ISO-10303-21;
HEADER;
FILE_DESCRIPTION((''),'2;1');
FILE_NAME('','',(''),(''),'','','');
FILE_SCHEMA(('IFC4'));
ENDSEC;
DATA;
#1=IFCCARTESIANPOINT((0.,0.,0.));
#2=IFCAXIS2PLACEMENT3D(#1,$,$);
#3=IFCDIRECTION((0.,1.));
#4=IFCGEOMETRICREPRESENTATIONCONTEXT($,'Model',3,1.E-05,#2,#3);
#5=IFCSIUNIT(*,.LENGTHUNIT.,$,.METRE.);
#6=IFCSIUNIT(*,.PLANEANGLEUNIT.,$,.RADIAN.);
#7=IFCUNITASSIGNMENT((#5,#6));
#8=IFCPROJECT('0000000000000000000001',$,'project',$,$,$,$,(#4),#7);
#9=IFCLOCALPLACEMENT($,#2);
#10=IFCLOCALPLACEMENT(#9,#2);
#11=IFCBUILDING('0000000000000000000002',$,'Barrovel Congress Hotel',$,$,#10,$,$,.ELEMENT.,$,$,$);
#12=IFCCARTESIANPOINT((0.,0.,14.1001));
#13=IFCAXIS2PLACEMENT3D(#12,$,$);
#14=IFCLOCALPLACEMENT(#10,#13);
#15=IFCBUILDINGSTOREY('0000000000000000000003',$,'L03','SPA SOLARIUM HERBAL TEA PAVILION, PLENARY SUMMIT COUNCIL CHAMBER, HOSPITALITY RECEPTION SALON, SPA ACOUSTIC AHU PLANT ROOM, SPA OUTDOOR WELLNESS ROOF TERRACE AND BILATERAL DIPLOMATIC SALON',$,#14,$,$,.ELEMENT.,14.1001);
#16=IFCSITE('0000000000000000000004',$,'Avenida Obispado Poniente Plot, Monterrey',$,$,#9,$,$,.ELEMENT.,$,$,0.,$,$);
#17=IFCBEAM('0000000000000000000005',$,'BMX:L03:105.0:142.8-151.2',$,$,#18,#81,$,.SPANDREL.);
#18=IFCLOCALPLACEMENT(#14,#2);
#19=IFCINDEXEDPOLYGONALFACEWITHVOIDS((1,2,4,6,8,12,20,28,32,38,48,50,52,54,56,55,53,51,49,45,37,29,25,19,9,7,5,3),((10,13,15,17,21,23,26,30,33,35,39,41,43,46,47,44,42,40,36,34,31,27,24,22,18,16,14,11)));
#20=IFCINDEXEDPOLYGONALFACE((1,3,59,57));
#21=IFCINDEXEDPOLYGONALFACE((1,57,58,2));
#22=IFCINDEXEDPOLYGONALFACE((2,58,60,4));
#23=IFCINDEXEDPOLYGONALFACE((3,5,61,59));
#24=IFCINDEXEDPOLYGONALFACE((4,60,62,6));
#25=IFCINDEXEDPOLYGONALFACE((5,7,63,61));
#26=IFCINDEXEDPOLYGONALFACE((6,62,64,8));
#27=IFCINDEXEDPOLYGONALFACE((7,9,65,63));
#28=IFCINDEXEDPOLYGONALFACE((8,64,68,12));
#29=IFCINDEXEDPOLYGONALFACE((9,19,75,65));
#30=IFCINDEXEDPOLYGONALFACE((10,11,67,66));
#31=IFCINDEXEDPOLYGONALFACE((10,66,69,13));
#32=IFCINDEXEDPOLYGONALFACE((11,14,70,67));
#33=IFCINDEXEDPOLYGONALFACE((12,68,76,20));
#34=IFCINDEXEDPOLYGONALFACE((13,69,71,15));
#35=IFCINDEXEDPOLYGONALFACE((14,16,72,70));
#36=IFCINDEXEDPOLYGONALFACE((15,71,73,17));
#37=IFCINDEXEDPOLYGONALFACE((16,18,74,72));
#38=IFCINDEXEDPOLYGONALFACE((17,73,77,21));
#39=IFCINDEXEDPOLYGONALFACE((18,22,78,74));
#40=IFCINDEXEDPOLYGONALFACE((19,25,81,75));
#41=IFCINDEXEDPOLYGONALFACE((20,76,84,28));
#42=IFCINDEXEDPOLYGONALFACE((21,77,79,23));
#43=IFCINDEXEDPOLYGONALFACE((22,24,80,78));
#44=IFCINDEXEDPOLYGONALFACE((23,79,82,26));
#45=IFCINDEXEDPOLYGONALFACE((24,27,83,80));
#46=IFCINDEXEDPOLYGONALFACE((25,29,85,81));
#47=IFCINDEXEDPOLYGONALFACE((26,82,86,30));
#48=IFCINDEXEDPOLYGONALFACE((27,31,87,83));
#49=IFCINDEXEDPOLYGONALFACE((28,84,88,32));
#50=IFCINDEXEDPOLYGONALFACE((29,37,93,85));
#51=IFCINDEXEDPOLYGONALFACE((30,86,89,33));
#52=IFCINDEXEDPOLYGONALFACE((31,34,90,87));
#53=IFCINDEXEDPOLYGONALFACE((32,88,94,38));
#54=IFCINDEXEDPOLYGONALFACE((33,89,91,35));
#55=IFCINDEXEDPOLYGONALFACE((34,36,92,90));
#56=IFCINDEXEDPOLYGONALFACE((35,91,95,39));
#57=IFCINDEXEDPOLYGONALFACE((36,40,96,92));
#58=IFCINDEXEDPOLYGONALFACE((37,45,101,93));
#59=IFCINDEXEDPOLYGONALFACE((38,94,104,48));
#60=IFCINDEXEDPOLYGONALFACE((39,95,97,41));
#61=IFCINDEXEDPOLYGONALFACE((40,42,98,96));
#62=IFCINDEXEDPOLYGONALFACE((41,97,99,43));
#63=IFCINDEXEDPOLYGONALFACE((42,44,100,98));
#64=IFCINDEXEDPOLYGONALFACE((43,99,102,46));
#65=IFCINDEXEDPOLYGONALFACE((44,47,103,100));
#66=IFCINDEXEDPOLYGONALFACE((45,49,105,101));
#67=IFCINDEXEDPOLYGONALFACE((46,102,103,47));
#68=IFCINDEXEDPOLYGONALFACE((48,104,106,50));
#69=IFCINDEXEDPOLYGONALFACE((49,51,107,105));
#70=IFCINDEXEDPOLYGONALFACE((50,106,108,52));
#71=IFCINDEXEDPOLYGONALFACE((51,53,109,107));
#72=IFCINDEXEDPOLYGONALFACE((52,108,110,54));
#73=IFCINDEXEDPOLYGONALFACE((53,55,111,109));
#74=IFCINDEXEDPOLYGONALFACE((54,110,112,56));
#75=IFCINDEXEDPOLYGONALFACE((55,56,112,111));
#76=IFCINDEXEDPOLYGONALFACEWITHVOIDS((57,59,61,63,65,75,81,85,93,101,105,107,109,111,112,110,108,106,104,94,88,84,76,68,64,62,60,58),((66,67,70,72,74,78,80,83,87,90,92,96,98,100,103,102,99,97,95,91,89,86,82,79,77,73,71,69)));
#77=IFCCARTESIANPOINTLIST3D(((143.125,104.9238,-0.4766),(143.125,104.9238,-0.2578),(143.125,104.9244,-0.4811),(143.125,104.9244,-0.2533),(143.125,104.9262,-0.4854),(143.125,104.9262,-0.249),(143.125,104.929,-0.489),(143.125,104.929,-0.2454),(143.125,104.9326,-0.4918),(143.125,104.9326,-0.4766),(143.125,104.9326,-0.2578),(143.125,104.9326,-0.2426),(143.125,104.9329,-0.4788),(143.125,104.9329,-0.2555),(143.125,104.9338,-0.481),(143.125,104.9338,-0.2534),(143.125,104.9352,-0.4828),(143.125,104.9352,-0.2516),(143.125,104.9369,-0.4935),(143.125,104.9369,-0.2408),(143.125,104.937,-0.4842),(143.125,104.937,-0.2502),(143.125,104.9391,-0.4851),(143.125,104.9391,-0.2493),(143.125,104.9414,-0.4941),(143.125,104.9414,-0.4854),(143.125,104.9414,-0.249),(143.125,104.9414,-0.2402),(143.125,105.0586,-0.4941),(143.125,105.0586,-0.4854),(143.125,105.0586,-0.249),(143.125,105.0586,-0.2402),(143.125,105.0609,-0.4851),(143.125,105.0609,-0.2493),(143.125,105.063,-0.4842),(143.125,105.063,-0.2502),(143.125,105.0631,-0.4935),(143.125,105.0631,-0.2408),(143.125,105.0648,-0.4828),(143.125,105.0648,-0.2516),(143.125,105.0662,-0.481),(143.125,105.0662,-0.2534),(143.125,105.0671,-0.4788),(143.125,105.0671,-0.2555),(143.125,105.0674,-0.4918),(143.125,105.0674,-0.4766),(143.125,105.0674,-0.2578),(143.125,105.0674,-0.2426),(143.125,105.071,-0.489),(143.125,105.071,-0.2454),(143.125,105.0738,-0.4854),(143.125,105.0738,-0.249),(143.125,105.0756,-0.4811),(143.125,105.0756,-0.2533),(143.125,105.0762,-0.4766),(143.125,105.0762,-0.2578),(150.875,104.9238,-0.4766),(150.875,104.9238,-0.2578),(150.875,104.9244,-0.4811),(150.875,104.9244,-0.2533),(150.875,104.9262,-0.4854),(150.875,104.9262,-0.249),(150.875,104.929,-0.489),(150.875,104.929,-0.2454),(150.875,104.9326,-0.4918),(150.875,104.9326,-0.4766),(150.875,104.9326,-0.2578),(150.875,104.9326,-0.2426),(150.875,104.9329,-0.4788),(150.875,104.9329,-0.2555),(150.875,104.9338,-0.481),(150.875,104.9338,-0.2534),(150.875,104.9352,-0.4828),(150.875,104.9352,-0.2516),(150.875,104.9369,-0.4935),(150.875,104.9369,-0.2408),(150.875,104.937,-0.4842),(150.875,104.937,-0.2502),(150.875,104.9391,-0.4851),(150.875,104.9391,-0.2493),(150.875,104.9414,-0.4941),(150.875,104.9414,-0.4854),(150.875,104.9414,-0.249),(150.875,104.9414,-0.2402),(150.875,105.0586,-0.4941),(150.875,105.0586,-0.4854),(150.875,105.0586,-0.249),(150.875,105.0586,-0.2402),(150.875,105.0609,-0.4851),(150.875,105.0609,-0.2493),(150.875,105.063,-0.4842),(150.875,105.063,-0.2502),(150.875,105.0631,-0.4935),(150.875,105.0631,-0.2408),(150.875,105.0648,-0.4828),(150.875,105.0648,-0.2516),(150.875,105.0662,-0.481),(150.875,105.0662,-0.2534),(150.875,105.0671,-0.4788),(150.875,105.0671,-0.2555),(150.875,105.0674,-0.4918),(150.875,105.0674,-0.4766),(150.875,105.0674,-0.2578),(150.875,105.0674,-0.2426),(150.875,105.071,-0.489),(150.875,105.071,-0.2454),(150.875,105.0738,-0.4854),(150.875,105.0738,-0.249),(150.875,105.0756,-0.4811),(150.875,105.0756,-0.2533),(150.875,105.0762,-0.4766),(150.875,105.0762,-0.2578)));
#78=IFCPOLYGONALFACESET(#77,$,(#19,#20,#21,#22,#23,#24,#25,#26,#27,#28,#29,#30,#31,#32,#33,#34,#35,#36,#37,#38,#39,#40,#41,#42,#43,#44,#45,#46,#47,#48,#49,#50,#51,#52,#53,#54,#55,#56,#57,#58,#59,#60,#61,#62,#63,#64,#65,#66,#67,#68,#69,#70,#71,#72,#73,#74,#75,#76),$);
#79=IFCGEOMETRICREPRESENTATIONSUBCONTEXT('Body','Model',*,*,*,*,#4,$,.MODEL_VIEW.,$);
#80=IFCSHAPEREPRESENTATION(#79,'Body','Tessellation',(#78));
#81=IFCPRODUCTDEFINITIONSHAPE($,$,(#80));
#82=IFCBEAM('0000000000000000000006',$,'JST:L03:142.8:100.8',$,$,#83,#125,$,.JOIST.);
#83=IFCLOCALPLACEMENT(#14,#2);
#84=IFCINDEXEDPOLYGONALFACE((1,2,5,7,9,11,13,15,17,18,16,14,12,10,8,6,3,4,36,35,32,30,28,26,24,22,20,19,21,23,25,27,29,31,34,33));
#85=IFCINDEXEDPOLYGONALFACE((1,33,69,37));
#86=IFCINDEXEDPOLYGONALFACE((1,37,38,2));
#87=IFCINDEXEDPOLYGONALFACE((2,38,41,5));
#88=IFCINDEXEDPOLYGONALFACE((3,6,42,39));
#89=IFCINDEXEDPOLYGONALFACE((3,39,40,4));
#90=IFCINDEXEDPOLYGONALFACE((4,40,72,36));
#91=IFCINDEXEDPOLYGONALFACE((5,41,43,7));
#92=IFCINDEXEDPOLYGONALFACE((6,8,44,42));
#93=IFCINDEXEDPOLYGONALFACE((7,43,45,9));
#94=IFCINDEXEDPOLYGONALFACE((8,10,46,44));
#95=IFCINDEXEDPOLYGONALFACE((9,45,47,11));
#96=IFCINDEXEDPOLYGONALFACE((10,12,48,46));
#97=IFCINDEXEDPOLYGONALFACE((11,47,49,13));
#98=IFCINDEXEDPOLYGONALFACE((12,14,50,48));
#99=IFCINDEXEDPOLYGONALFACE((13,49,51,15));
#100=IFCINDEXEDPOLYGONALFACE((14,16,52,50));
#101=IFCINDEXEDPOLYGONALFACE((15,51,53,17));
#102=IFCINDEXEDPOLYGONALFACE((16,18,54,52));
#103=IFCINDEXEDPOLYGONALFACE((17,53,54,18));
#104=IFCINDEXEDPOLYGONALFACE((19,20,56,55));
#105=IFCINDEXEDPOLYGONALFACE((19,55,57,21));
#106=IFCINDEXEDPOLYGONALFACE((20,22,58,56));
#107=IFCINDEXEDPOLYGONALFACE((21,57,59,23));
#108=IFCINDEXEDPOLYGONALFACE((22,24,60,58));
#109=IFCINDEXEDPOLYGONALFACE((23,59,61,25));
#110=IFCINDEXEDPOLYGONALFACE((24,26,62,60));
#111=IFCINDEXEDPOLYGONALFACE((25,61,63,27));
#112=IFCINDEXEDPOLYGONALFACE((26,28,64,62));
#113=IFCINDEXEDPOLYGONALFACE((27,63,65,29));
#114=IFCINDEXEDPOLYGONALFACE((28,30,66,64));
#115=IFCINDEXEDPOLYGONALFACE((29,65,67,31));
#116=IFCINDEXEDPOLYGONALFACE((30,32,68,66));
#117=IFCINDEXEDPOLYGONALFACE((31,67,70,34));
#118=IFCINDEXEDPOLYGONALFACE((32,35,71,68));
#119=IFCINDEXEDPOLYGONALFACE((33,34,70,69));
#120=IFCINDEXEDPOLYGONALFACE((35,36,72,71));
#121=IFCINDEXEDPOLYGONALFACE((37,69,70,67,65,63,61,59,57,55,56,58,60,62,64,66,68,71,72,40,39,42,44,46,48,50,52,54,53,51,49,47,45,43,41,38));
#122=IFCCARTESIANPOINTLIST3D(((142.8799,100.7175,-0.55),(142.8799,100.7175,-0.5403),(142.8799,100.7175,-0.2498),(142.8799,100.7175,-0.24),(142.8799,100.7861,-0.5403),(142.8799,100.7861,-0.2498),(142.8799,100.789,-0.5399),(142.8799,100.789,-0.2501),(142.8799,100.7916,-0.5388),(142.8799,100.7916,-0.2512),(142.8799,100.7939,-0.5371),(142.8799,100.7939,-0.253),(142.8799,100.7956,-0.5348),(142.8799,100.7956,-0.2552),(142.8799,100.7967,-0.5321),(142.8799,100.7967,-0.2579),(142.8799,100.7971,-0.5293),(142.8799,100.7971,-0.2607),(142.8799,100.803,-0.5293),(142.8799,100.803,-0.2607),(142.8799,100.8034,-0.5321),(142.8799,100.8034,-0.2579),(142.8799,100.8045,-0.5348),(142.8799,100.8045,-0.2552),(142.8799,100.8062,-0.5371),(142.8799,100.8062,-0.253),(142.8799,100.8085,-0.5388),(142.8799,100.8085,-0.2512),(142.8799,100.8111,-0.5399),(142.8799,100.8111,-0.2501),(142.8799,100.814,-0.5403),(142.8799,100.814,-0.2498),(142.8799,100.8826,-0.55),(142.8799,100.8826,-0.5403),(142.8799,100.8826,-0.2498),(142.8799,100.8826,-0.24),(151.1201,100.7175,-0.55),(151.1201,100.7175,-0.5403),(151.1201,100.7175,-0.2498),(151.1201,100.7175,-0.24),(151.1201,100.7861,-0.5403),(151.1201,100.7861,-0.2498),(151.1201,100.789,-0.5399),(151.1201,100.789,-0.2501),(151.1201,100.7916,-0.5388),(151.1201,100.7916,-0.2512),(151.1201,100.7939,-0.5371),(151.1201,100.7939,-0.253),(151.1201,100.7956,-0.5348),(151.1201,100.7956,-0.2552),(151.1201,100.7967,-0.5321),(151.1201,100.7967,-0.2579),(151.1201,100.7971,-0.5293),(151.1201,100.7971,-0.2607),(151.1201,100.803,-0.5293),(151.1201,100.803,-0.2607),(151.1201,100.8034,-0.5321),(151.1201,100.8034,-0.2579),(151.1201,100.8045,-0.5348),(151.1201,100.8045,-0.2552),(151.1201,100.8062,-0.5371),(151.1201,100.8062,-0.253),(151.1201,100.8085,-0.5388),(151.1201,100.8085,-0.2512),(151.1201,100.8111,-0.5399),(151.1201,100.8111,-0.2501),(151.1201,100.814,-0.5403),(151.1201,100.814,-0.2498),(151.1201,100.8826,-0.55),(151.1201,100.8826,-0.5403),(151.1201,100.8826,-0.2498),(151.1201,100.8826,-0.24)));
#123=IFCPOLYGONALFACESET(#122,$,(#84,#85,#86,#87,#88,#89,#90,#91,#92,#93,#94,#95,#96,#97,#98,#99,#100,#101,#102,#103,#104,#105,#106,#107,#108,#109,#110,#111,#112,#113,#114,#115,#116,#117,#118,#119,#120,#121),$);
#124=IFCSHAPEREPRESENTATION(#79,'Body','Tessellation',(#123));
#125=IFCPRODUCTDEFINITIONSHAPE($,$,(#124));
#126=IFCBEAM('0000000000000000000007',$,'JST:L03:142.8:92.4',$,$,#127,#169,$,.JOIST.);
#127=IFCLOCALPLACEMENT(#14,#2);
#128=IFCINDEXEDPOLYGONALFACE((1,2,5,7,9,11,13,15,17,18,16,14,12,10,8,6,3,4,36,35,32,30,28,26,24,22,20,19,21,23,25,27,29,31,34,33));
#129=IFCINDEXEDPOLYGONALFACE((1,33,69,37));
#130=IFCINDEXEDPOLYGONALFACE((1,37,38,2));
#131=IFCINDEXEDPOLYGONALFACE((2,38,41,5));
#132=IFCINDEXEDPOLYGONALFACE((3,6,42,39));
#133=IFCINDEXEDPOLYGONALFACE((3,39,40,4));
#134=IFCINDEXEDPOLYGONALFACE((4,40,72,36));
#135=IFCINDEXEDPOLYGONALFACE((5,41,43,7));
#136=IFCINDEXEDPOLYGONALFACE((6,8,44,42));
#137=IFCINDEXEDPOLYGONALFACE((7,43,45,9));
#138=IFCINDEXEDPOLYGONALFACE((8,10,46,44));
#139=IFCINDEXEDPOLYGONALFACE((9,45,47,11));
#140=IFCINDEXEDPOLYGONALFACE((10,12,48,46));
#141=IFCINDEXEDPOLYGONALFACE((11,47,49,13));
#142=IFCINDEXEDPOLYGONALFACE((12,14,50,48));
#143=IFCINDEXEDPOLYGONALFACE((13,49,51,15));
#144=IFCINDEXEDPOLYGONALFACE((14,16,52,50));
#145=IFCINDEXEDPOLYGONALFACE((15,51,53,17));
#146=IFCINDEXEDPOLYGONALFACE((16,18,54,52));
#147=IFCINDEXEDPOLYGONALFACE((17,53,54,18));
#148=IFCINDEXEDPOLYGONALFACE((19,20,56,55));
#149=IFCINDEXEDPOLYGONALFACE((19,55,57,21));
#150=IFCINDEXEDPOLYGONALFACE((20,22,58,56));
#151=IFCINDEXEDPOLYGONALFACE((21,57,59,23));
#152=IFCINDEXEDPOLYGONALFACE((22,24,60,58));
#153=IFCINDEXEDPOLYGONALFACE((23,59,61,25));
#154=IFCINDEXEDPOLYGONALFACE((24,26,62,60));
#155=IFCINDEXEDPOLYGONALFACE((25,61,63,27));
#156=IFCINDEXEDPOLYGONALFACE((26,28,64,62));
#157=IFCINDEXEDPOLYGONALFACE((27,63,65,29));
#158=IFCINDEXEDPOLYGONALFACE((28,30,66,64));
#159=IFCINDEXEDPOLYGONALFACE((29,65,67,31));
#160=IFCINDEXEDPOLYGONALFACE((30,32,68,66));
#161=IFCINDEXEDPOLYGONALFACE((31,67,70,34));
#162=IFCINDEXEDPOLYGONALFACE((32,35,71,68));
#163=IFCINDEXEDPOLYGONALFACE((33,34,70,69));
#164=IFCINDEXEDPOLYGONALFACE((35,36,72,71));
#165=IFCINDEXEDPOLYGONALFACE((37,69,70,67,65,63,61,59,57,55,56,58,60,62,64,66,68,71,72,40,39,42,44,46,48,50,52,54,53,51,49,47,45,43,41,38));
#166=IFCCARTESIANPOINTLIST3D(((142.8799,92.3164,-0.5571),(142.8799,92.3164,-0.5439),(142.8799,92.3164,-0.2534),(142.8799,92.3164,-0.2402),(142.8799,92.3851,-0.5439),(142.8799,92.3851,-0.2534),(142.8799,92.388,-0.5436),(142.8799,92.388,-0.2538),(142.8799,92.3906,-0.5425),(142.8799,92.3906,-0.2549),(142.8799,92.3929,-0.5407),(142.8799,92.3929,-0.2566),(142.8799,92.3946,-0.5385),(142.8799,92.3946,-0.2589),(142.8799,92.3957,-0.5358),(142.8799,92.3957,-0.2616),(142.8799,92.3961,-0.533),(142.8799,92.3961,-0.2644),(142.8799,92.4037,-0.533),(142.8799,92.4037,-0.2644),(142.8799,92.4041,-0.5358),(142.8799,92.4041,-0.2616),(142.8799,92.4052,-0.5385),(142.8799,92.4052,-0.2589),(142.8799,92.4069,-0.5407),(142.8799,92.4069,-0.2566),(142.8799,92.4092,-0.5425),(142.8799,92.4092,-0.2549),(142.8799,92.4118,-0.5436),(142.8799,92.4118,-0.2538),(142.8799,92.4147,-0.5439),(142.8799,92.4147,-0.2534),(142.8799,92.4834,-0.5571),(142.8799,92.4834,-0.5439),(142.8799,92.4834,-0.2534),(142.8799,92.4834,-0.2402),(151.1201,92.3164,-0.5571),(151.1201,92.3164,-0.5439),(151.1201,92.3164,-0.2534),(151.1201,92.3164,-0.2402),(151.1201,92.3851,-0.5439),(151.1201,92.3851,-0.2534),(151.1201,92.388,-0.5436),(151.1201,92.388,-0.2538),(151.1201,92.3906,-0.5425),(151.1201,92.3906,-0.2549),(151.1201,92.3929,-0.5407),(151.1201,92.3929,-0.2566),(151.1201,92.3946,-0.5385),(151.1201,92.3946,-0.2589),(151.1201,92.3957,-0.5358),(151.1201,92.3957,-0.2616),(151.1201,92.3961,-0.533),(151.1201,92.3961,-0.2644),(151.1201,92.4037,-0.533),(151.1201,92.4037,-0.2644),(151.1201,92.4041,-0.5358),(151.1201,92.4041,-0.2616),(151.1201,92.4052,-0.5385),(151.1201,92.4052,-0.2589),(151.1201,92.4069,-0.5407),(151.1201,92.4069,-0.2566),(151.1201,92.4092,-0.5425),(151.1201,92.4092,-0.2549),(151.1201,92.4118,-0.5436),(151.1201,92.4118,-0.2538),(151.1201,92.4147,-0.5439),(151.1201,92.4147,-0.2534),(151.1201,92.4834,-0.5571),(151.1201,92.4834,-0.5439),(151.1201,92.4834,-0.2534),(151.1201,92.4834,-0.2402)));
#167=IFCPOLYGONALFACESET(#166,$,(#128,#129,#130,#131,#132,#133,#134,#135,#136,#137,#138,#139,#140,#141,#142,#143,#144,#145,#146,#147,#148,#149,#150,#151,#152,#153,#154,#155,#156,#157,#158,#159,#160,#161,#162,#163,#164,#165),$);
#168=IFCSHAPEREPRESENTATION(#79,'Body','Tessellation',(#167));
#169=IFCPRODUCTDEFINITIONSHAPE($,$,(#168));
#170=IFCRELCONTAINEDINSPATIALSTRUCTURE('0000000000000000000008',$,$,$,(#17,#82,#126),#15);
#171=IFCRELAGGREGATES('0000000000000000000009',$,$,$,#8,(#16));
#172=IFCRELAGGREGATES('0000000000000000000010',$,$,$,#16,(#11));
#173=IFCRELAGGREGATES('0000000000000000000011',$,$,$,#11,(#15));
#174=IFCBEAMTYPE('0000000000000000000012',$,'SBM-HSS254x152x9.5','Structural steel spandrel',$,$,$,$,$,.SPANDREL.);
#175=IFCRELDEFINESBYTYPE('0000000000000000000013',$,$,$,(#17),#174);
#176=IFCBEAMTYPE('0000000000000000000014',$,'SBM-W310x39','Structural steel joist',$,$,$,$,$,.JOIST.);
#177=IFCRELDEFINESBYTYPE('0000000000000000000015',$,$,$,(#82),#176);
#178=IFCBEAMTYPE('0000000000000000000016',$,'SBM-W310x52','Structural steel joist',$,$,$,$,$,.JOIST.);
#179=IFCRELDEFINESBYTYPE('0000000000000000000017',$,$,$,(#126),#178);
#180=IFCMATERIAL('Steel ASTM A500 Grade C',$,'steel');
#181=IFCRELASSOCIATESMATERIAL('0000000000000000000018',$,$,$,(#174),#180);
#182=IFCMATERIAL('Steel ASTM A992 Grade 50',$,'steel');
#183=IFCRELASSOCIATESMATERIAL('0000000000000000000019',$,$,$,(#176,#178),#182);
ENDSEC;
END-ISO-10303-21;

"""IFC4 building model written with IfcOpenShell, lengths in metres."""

from ifc_helpers import new_model, si_unit, direction, frame, origin, origin_2d, place, context, subcontext, project, spatial, hollow_rectangle, i_section, extrude, material, material_profile, profile_set, type_object, element, save


model = new_model("IFC4")

# Units and contexts
model_context = context("Model", 3, precision=1e-05, world=origin(), true_north=direction((0.0, 1.0)))
body_context = subcontext(model_context, "Body", "Model", "MODEL_VIEW")
ifc_project = project(units=[si_unit("LENGTHUNIT", "METRE"), si_unit("PLANEANGLEUNIT", "RADIAN")], contexts=[model_context])

# Site, building, storey
site_placement = place(None, origin())
site = spatial("IfcSite", under=ifc_project, at=site_placement, Name="Avenida Obispado Poniente Plot, Monterrey", CompositionType="ELEMENT", RefElevation=0.0)
building_placement = place(site_placement, origin())
building = spatial("IfcBuilding", under=site, at=building_placement, Name="Barrovel Congress Hotel", CompositionType="ELEMENT")
storey_placement = place(building_placement, frame((0.0, 0.0, 14.1001)))
storey = spatial("IfcBuildingStorey", under=building, at=storey_placement, Name="L03", Description="SPA SOLARIUM HERBAL TEA PAVILION, PLENARY SUMMIT COUNCIL CHAMBER, HOSPITALITY RECEPTION SALON, SPA ACOUSTIC AHU PLANT ROOM, SPA OUTDOOR WELLNESS ROOF TERRACE AND BILATERAL DIPLOMATIC SALON", CompositionType="ELEMENT", Elevation=14.1001)

# Shared definitions
ifc_material_1 = material(Name="Steel ASTM A500 Grade C", Category="steel")

# Beams
ifc_material_profile_1 = material_profile(ifc_material_1, hollow_rectangle(XDim=0.1523, YDim=0.2539, WallThickness=0.0088, InnerFilletRadius=0.0088, OuterFilletRadius=0.0176, at=origin_2d()), Name="HSS254x152x9.5")
ifc_profile_set_1 = profile_set([ifc_material_profile_1], Name="Steel ASTM A500 Grade C")
beam_type_1 = type_object("IfcBeamType", Name="SBM-HSS254x152x9.5", Description="Structural steel spandrel", PredefinedType="SPANDREL", material=ifc_profile_set_1)
beam_1_placement = place(storey_placement, frame((143.125, 105.0, -0.3672), z_axis=(1.0, 0.0, 0.0), x_axis=(0.0, 1.0, 0.0)))
element("IfcBeam", 1, at=beam_1_placement, inside=storey, type_object=beam_type_1, Name="BMX:L03:105.0:142.8-151.2", PredefinedType="SPANDREL", context=body_context, shape_type="SweptSolid", body=[
    extrude(hollow_rectangle(XDim=0.1523, YDim=0.2539, WallThickness=0.0088, InnerFilletRadius=0.0088, OuterFilletRadius=0.0176, at=origin_2d()), origin(), (0.0, 0.0, 1.0), 7.75),
])
ifc_material_2 = material(Name="Steel ASTM A992 Grade 50", Category="steel")
ifc_material_profile_2 = material_profile(ifc_material_2, i_section(OverallWidth=0.165, OverallDepth=0.3101, WebThickness=0.0059, FlangeThickness=0.0098, FilletRadius=0.011, at=origin_2d()), Name="W310x39")
ifc_profile_set_2 = profile_set([ifc_material_profile_2], Name="Steel ASTM A992 Grade 50")
beam_type_2 = type_object("IfcBeamType", Name="SBM-W310x39", Description="Structural steel joist", PredefinedType="JOIST", material=ifc_profile_set_2)
beam_2_placement = place(storey_placement, frame((142.8799, 100.8, -0.395), z_axis=(1.0, 0.0, 0.0), x_axis=(0.0, 1.0, 0.0)))
element("IfcBeam", 2, at=beam_2_placement, inside=storey, type_object=beam_type_2, Name="JST:L03:142.8:100.8", PredefinedType="JOIST", context=body_context, shape_type="SweptSolid", body=[
    extrude(i_section(OverallWidth=0.165, OverallDepth=0.3101, WebThickness=0.0059, FlangeThickness=0.0098, FilletRadius=0.011, at=origin_2d()), origin(), (0.0, 0.0, 1.0), 8.2402),
])
ifc_material_profile_3 = material_profile(ifc_material_2, i_section(OverallWidth=0.167, OverallDepth=0.3169, WebThickness=0.0076, FlangeThickness=0.0132, FilletRadius=0.011, at=origin_2d()), Name="W310x52")
ifc_profile_set_3 = profile_set([ifc_material_profile_3], Name="Steel ASTM A992 Grade 50")
beam_type_3 = type_object("IfcBeamType", Name="SBM-W310x52", Description="Structural steel joist", PredefinedType="JOIST", material=ifc_profile_set_3)
beam_3_placement = place(storey_placement, frame((142.8799, 92.3999, -0.3987), z_axis=(1.0, 0.0, 0.0), x_axis=(0.0, 1.0, 0.0)))
element("IfcBeam", 3, at=beam_3_placement, inside=storey, type_object=beam_type_3, Name="JST:L03:142.8:92.4", PredefinedType="JOIST", context=body_context, shape_type="SweptSolid", body=[
    extrude(i_section(OverallWidth=0.167, OverallDepth=0.3169, WebThickness=0.0076, FlangeThickness=0.0132, FilletRadius=0.011, at=origin_2d()), origin(), (0.0, 0.0, 1.0), 8.2402),
])

save(model, "model.ifc")
